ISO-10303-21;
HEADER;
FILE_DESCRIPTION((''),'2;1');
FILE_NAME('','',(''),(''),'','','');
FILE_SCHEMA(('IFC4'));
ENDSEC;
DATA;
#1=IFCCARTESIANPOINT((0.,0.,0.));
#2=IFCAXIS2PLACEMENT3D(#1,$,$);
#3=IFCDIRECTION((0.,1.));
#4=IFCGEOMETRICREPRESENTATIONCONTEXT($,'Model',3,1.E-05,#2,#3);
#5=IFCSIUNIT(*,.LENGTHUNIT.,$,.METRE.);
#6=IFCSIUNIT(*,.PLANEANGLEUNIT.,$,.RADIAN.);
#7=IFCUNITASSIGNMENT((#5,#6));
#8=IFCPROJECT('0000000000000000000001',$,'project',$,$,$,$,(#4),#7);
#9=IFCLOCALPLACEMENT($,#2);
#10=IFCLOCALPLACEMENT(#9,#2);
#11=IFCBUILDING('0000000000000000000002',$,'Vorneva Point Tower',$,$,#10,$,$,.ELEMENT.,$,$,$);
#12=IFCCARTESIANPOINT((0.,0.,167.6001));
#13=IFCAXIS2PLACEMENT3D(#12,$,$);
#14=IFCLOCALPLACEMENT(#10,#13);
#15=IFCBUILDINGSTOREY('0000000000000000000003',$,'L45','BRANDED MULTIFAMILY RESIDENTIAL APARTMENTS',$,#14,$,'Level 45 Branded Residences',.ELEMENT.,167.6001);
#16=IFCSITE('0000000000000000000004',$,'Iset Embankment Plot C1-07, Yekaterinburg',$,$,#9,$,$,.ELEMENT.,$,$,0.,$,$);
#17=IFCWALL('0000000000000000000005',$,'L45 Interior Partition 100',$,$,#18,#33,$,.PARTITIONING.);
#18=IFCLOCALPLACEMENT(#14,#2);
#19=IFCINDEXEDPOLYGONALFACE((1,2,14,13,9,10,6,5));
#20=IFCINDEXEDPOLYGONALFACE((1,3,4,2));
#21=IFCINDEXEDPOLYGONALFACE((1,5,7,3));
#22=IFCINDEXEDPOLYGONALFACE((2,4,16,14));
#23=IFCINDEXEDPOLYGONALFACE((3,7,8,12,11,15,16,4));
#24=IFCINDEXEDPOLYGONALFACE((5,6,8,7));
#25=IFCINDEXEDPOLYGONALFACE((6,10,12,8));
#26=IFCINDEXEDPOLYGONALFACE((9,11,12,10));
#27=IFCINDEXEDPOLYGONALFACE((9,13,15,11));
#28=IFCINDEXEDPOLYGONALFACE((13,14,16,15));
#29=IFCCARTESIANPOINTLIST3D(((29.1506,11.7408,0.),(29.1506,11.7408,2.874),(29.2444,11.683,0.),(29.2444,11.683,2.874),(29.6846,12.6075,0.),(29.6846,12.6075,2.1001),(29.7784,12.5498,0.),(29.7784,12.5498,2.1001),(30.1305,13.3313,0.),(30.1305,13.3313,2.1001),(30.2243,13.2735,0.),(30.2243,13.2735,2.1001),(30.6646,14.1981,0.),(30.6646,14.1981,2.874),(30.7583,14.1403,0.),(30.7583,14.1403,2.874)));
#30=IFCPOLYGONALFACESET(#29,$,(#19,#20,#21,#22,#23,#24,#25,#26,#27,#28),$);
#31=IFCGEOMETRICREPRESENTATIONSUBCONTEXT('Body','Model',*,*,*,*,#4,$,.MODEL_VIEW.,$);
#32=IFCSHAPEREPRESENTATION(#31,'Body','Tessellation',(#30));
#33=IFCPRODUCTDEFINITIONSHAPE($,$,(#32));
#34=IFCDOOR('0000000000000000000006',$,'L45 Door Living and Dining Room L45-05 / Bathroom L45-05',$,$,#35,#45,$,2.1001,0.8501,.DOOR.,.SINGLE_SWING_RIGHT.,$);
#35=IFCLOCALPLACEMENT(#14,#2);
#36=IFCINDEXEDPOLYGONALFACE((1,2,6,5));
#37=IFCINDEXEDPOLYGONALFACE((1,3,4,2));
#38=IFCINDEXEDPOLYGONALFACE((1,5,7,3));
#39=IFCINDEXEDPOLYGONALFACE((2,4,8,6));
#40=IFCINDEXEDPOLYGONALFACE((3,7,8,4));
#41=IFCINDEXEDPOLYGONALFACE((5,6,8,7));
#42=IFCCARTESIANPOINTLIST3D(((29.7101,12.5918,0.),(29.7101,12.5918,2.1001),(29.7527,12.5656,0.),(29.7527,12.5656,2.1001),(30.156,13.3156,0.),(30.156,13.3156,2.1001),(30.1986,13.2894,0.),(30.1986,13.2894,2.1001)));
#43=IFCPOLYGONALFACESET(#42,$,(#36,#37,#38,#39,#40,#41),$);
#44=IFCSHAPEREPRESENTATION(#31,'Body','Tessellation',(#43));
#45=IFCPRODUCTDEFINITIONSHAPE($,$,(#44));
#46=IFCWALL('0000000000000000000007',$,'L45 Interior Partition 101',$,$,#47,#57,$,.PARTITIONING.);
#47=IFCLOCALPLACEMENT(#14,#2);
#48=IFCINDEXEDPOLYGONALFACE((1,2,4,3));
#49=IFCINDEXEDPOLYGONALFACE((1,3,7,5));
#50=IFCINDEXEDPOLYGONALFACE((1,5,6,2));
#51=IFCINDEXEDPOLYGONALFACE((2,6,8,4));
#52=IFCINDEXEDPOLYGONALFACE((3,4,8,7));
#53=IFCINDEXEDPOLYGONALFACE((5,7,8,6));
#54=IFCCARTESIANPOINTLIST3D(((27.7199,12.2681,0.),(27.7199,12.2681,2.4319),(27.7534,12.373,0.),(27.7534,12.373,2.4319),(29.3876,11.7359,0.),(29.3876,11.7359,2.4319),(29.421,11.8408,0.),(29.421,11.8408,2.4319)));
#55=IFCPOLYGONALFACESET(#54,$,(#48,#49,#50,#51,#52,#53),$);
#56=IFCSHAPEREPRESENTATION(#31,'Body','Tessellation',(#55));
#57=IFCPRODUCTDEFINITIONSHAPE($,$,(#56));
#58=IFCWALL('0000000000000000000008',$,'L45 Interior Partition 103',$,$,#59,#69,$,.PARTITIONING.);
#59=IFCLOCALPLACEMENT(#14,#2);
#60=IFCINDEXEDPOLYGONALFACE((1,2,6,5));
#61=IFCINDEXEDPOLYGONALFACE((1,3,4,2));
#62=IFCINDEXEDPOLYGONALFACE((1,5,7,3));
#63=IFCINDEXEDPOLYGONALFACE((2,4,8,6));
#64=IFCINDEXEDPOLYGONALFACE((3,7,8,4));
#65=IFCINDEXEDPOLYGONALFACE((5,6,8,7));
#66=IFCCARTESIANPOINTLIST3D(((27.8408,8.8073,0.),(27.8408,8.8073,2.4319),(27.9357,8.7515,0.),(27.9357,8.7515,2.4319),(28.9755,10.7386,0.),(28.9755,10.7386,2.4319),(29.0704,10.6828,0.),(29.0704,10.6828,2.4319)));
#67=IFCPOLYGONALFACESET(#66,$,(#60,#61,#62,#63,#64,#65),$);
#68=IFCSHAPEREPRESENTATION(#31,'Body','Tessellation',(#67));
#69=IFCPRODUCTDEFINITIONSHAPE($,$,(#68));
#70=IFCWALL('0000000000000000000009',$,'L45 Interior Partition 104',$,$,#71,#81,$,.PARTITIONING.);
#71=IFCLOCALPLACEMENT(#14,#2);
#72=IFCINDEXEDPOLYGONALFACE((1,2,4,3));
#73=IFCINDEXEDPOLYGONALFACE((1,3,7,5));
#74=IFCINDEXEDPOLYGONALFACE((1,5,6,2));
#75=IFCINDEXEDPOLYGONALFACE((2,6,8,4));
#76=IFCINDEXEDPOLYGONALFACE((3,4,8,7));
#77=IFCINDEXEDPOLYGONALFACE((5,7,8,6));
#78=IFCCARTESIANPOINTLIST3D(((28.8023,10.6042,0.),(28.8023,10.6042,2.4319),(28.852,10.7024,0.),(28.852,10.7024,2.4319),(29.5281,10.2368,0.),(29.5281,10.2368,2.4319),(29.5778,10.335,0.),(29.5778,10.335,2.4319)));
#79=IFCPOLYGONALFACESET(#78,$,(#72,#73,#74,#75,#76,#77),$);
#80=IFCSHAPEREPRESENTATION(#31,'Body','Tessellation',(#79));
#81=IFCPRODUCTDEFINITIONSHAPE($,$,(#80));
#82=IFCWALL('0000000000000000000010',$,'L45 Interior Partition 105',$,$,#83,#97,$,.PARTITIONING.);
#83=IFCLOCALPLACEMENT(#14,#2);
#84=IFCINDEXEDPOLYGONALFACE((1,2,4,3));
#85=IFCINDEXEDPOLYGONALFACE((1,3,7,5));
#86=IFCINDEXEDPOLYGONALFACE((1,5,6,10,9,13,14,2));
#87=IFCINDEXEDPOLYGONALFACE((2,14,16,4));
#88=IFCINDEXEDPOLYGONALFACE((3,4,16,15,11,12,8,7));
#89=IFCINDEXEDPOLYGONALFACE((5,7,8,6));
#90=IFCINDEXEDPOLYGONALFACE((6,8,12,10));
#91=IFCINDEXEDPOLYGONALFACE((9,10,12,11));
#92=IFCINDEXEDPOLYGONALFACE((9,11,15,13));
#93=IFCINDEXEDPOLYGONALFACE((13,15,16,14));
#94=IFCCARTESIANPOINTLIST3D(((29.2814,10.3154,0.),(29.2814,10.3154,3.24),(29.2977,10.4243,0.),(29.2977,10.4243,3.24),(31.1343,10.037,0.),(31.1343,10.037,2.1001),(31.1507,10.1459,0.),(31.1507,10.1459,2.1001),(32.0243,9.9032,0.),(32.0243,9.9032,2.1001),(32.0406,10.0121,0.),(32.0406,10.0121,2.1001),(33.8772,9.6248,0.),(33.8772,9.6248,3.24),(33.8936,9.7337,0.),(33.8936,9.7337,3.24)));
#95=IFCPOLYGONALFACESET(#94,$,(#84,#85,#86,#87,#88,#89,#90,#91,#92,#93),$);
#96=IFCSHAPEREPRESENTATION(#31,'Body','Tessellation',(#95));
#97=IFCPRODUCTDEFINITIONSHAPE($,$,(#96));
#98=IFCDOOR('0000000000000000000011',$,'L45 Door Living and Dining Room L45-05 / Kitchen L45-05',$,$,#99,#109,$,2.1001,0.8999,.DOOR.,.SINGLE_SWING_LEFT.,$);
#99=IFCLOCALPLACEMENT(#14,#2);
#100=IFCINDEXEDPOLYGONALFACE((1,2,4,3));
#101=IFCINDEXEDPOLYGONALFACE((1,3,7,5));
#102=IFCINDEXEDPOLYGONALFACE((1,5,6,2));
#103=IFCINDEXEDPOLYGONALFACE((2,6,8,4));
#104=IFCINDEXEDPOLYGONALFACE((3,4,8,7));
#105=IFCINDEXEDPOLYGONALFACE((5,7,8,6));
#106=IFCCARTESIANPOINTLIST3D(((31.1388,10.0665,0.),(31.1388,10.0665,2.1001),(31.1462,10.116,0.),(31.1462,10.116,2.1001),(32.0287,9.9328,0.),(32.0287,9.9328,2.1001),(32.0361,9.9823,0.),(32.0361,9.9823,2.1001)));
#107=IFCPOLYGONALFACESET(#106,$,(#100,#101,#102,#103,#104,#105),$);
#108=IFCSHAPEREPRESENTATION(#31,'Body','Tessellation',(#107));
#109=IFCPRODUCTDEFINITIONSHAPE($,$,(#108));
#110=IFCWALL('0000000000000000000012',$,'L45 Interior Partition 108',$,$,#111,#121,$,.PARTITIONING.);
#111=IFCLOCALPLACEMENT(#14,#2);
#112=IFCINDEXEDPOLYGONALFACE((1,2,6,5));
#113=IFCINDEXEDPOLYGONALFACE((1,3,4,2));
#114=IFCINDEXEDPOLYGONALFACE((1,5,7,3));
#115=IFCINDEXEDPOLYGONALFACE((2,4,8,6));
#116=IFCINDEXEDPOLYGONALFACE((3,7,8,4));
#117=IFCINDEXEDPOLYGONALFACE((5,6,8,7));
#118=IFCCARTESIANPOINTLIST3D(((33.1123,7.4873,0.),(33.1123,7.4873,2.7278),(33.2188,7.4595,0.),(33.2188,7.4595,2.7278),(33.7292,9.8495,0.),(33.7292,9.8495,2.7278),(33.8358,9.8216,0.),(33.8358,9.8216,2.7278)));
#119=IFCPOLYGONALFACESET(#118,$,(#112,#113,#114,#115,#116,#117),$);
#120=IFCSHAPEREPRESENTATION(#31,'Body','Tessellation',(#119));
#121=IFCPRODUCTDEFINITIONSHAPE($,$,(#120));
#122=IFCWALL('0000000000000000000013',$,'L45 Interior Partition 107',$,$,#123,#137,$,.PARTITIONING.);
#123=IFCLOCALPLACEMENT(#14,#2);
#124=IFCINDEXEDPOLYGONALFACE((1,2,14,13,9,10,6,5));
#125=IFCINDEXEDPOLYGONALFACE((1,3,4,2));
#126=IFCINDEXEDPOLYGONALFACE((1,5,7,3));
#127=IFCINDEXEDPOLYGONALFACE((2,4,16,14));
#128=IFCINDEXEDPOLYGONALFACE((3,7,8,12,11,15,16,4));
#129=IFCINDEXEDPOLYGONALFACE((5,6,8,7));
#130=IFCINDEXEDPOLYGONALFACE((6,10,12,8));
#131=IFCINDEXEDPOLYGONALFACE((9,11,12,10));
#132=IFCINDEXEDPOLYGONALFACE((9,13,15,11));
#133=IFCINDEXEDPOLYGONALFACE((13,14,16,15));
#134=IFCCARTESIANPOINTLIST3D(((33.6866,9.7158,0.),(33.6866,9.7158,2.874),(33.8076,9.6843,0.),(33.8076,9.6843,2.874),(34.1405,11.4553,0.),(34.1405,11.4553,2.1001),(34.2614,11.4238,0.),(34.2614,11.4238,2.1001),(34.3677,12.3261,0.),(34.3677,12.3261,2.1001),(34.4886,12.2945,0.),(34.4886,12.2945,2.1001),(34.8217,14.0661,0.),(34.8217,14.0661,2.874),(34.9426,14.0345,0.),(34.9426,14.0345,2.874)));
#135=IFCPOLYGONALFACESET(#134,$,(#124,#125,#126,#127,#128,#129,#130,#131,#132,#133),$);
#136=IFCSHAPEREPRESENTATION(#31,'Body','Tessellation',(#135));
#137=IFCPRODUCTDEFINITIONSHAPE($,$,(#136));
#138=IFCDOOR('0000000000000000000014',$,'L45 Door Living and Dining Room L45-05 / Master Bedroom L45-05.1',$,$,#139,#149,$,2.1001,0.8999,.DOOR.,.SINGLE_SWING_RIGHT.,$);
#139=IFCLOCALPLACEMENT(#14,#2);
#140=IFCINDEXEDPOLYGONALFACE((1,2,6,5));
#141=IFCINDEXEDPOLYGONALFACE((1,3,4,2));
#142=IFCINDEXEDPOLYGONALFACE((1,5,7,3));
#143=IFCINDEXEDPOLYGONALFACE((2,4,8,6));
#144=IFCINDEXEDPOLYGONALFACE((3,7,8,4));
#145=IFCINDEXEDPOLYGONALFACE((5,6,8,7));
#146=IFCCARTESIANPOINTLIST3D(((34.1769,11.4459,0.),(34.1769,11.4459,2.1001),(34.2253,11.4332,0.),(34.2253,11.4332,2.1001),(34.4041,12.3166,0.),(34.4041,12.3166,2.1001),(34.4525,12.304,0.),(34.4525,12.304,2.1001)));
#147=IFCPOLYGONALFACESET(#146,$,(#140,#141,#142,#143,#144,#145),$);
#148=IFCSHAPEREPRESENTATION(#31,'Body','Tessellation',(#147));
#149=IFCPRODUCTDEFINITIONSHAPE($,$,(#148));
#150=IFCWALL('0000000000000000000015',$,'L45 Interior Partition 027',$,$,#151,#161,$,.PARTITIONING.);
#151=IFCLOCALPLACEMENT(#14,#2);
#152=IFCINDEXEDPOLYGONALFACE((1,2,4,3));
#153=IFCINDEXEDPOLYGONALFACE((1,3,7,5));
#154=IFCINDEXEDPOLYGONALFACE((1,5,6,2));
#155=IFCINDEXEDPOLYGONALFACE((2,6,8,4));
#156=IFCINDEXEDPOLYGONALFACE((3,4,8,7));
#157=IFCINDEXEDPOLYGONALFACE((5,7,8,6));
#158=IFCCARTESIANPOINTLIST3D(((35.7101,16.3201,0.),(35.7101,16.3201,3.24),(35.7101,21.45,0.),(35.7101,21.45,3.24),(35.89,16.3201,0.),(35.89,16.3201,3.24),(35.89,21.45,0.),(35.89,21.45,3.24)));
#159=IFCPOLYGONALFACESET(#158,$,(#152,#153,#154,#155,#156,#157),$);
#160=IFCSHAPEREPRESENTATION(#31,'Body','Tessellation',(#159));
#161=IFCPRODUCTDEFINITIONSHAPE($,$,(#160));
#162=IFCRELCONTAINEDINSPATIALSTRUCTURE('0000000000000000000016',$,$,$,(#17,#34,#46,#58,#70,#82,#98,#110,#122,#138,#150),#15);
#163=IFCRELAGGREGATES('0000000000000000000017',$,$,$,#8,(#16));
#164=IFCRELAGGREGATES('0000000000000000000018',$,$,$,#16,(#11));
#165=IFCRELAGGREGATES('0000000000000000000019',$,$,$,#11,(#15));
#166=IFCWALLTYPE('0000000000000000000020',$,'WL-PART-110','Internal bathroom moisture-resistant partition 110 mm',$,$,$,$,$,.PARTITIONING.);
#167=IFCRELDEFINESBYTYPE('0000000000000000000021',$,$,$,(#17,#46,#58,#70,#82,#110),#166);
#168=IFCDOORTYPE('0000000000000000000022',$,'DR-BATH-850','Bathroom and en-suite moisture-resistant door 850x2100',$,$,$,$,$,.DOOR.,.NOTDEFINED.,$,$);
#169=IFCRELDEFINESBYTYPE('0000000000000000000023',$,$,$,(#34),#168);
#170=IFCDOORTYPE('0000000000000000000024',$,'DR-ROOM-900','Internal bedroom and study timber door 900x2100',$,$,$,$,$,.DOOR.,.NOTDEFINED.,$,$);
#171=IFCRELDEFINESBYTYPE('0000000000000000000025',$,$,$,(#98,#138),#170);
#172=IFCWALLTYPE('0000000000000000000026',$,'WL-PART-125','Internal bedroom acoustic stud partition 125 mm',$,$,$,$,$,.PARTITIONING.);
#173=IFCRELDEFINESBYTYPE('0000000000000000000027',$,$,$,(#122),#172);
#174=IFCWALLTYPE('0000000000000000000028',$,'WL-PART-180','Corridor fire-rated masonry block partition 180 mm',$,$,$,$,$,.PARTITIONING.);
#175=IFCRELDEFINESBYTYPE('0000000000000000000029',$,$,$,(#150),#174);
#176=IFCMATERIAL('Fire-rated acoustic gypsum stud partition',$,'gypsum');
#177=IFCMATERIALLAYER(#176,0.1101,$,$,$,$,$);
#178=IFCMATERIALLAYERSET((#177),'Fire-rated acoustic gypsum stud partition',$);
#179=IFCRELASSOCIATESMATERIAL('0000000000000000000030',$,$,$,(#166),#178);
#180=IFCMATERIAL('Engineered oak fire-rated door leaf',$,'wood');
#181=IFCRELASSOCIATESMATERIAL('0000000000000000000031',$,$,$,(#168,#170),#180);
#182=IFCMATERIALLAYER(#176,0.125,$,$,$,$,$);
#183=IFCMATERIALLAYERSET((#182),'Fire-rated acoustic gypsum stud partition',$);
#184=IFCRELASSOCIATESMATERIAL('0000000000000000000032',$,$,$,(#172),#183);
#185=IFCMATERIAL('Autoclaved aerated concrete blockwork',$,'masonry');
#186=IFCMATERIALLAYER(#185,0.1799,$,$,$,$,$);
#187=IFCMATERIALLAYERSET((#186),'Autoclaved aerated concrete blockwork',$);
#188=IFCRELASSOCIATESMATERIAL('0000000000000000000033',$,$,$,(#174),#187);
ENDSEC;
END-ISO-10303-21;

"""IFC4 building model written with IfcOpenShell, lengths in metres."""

from ifc_helpers import new_model, si_unit, direction, frame, frame_2d, origin, place, context, subcontext, project, spatial, rectangle, extrude, material, layer, layer_set, type_object, element, fill, save


model = new_model("IFC4")

# Units and contexts
model_context = context("Model", 3, precision=1e-05, world=origin(), true_north=direction((0.0, 1.0)))
body_context = subcontext(model_context, "Body", "Model", "MODEL_VIEW")
ifc_project = project(units=[si_unit("LENGTHUNIT", "METRE"), si_unit("PLANEANGLEUNIT", "RADIAN")], contexts=[model_context])

# Site, building, storey
site_placement = place(None, origin())
site = spatial("IfcSite", under=ifc_project, at=site_placement, Name="Iset Embankment Plot C1-07, Yekaterinburg", CompositionType="ELEMENT", RefElevation=0.0)
building_placement = place(site_placement, origin())
building = spatial("IfcBuilding", under=site, at=building_placement, Name="Vorneva Point Tower", CompositionType="ELEMENT")
storey_placement = place(building_placement, frame((0.0, 0.0, 167.6001)))
storey = spatial("IfcBuildingStorey", under=building, at=storey_placement, Name="L45", Description="BRANDED MULTIFAMILY RESIDENTIAL APARTMENTS", LongName="Level 45 Branded Residences", CompositionType="ELEMENT", Elevation=167.6001)

# Wall, opening, door
ifc_material_1 = material(Name="Fire-rated acoustic gypsum stud partition", Category="gypsum")
ifc_layer_1 = layer(ifc_material_1, 0.1101)
ifc_layer_set_1 = layer_set([ifc_layer_1], Name="Fire-rated acoustic gypsum stud partition")
wall_type_1 = type_object("IfcWallType", Name="WL-PART-110", Description="Internal bathroom moisture-resistant partition 110 mm", PredefinedType="PARTITIONING", material=ifc_layer_set_1)
wall_1_placement = place(storey_placement, frame((30.7114, 14.1692, 0.0), z_axis=(0.0, 0.0, 1.0), x_axis=(-0.524536, -0.851388, 0.0)))
wall_1 = element("IfcWall", 1, at=wall_1_placement, inside=storey, type_object=wall_type_1, Name="L45 Interior Partition 100", PredefinedType="PARTITIONING", context=body_context, shape_type="SweptSolid", body=[
    extrude(rectangle(XDim=2.8862, YDim=0.1101, at=frame_2d((1.4431, 0.0))), origin(), (0.0, 0.0, 1.0), 2.874),
])
opening_1_placement = place(wall_1_placement, frame((1.0181, 0.0, 0.0)))
opening_1 = element("IfcOpeningElement", 2, at=opening_1_placement, cuts=wall_1, PredefinedType="OPENING", context=body_context, shape_type="SweptSolid", body=[
    extrude(rectangle(XDim=0.8501, YDim=2.1001, at=frame_2d((0.425, 1.05))), frame((0.0, 0.0698, 0.0), z_axis=(0.0, -1.0, 0.0), x_axis=(1.0, 0.0, 0.0)), (0.0, 0.0, 1.0), 0.1399),
])
ifc_material_2 = material(Name="Engineered oak fire-rated door leaf", Category="wood")
door_type_1 = type_object("IfcDoorType", Name="DR-BATH-850", Description="Bathroom and en-suite moisture-resistant door 850x2100", OperationType="NOTDEFINED", PredefinedType="DOOR", material=ifc_material_2)
door_1_placement = place(opening_1_placement, origin())
door_1 = element("IfcDoor", 3, at=door_1_placement, inside=storey, type_object=door_type_1, Name="L45 Door Living and Dining Room L45-05 / Bathroom L45-05", OperationType="SINGLE_SWING_RIGHT", OverallHeight=2.1001, OverallWidth=0.8501, PredefinedType="DOOR", context=body_context, shape_type="SweptSolid", body=[
    extrude(rectangle(XDim=0.8501, YDim=2.1001, at=frame_2d((0.425, 1.05))), frame((0.0, 0.0249, 0.0), z_axis=(0.0, -1.0, 0.0), x_axis=(1.0, 0.0, 0.0)), (0.0, 0.0, 1.0), 0.05),
])
fill(opening_1, door_1)

# Walls
wall_2_placement = place(storey_placement, frame((29.4043, 11.7883, 0.0), z_axis=(0.0, 0.0, 1.0), x_axis=(-0.952664, 0.304027, 0.0)))
element("IfcWall", 4, at=wall_2_placement, inside=storey, type_object=wall_type_1, Name="L45 Interior Partition 101", PredefinedType="PARTITIONING", context=body_context, shape_type="SweptSolid", body=[
    extrude(rectangle(XDim=1.7505, YDim=0.1101, at=frame_2d((0.8752, 0.0))), origin(), (0.0, 0.0, 1.0), 2.4319),
])
wall_3_placement = place(storey_placement, frame((27.8882, 8.7793, 0.0), z_axis=(0.0, 0.0, 1.0), x_axis=(0.506572, 0.862197, 0.0)))
element("IfcWall", 5, at=wall_3_placement, inside=storey, type_object=wall_type_1, Name="L45 Interior Partition 103", PredefinedType="PARTITIONING", context=body_context, shape_type="SweptSolid", body=[
    extrude(rectangle(XDim=2.24, YDim=0.1101, at=frame_2d((1.1201, 0.0))), origin(), (0.0, 0.0, 1.0), 2.4319),
])
wall_4_placement = place(storey_placement, frame((28.8271, 10.6533, 0.0), z_axis=(0.0, 0.0, 1.0), x_axis=(0.892195, -0.45165, 0.0)))
element("IfcWall", 6, at=wall_4_placement, inside=storey, type_object=wall_type_1, Name="L45 Interior Partition 104", PredefinedType="PARTITIONING", context=body_context, shape_type="SweptSolid", body=[
    extrude(rectangle(XDim=0.8135, YDim=0.1101, at=frame_2d((0.4067, 0.0))), origin(), (0.0, 0.0, 1.0), 2.4319),
])

# Wall, opening, door
wall_5_placement = place(storey_placement, frame((29.2896, 10.3699, 0.0), z_axis=(0.0, 0.0, 1.0), x_axis=(0.988896, -0.14861, 0.0)))
wall_5 = element("IfcWall", 7, at=wall_5_placement, inside=storey, type_object=wall_type_1, Name="L45 Interior Partition 105", PredefinedType="PARTITIONING", context=body_context, shape_type="SweptSolid", body=[
    extrude(rectangle(XDim=4.6475, YDim=0.1101, at=frame_2d((2.3237, 0.0))), origin(), (0.0, 0.0, 1.0), 3.24),
])
opening_2_placement = place(wall_5_placement, frame((1.8738, 0.0, 0.0)))
opening_2 = element("IfcOpeningElement", 8, at=opening_2_placement, cuts=wall_5, PredefinedType="OPENING", context=body_context, shape_type="SweptSolid", body=[
    extrude(rectangle(XDim=0.8999, YDim=2.1001, at=frame_2d((0.45, 1.05))), frame((0.0, 0.0698, 0.0), z_axis=(0.0, -1.0, 0.0), x_axis=(1.0, 0.0, 0.0)), (0.0, 0.0, 1.0), 0.1399),
])
door_type_2 = type_object("IfcDoorType", Name="DR-ROOM-900", Description="Internal bedroom and study timber door 900x2100", OperationType="NOTDEFINED", PredefinedType="DOOR", material=ifc_material_2)
door_2_placement = place(opening_2_placement, origin())
door_2 = element("IfcDoor", 9, at=door_2_placement, inside=storey, type_object=door_type_2, Name="L45 Door Living and Dining Room L45-05 / Kitchen L45-05", OperationType="SINGLE_SWING_LEFT", OverallHeight=2.1001, OverallWidth=0.8999, PredefinedType="DOOR", context=body_context, shape_type="SweptSolid", body=[
    extrude(rectangle(XDim=0.8999, YDim=2.1001, at=frame_2d((0.45, 1.05))), frame((0.0, 0.0249, 0.0), z_axis=(0.0, -1.0, 0.0), x_axis=(1.0, 0.0, 0.0)), (0.0, 0.0, 1.0), 0.05),
])
fill(opening_2, door_2)

# Wall
wall_6_placement = place(storey_placement, frame((33.1655, 7.4734, 0.0), z_axis=(0.0, 0.0, 1.0), x_axis=(0.252711, 0.967542, 0.0)))
element("IfcWall", 10, at=wall_6_placement, inside=storey, type_object=wall_type_1, Name="L45 Interior Partition 108", PredefinedType="PARTITIONING", context=body_context, shape_type="SweptSolid", body=[
    extrude(rectangle(XDim=2.4414, YDim=0.1101, at=frame_2d((1.2207, 0.0))), origin(), (0.0, 0.0, 1.0), 2.7278),
])

# Wall, opening, door
ifc_layer_2 = layer(ifc_material_1, 0.125)
ifc_layer_set_2 = layer_set([ifc_layer_2], Name="Fire-rated acoustic gypsum stud partition")
wall_type_2 = type_object("IfcWallType", Name="WL-PART-125", Description="Internal bedroom acoustic stud partition 125 mm", PredefinedType="PARTITIONING", material=ifc_layer_set_2)
wall_7_placement = place(storey_placement, frame((33.7471, 9.7, 0.0), z_axis=(0.0, 0.0, 1.0), x_axis=(0.252464, 0.967606, 0.0)))
wall_7 = element("IfcWall", 11, at=wall_7_placement, inside=storey, type_object=wall_type_2, Name="L45 Interior Partition 107", PredefinedType="PARTITIONING", context=body_context, shape_type="SweptSolid", body=[
    extrude(rectangle(XDim=4.4958, YDim=0.125, at=frame_2d((2.248, 0.0))), origin(), (0.0, 0.0, 1.0), 2.874),
])
opening_3_placement = place(wall_7_placement, frame((1.7979, 0.0, 0.0)))
opening_3 = element("IfcOpeningElement", 12, at=opening_3_placement, cuts=wall_7, PredefinedType="OPENING", context=body_context, shape_type="SweptSolid", body=[
    extrude(rectangle(XDim=0.8999, YDim=2.1001, at=frame_2d((0.45, 1.05))), frame((0.0, 0.0774, 0.0), z_axis=(0.0, -1.0, 0.0), x_axis=(1.0, 0.0, 0.0)), (0.0, 0.0, 1.0), 0.1548),
])
door_3_placement = place(opening_3_placement, origin())
door_3 = element("IfcDoor", 13, at=door_3_placement, inside=storey, type_object=door_type_2, Name="L45 Door Living and Dining Room L45-05 / Master Bedroom L45-05.1", OperationType="SINGLE_SWING_RIGHT", OverallHeight=2.1001, OverallWidth=0.8999, PredefinedType="DOOR", context=body_context, shape_type="SweptSolid", body=[
    extrude(rectangle(XDim=0.8999, YDim=2.1001, at=frame_2d((0.45, 1.05))), frame((0.0, 0.0249, 0.0), z_axis=(0.0, -1.0, 0.0), x_axis=(1.0, 0.0, 0.0)), (0.0, 0.0, 1.0), 0.05),
])
fill(opening_3, door_3)

# Wall
ifc_material_3 = material(Name="Autoclaved aerated concrete blockwork", Category="masonry")
ifc_layer_3 = layer(ifc_material_3, 0.1799)
ifc_layer_set_3 = layer_set([ifc_layer_3], Name="Autoclaved aerated concrete blockwork")
wall_type_3 = type_object("IfcWallType", Name="WL-PART-180", Description="Corridor fire-rated masonry block partition 180 mm", PredefinedType="PARTITIONING", material=ifc_layer_set_3)
wall_8_placement = place(storey_placement, frame((35.8, 16.3201, 0.0), z_axis=(0.0, 0.0, 1.0), x_axis=(0.0, 1.0, 0.0)))
element("IfcWall", 14, at=wall_8_placement, inside=storey, type_object=wall_type_3, Name="L45 Interior Partition 027", PredefinedType="PARTITIONING", context=body_context, shape_type="SweptSolid", body=[
    extrude(rectangle(XDim=5.1299, YDim=0.1799, at=frame_2d((2.5649, 0.0))), origin(), (0.0, 0.0, 1.0), 3.24),
])

save(model, "model.ifc")
